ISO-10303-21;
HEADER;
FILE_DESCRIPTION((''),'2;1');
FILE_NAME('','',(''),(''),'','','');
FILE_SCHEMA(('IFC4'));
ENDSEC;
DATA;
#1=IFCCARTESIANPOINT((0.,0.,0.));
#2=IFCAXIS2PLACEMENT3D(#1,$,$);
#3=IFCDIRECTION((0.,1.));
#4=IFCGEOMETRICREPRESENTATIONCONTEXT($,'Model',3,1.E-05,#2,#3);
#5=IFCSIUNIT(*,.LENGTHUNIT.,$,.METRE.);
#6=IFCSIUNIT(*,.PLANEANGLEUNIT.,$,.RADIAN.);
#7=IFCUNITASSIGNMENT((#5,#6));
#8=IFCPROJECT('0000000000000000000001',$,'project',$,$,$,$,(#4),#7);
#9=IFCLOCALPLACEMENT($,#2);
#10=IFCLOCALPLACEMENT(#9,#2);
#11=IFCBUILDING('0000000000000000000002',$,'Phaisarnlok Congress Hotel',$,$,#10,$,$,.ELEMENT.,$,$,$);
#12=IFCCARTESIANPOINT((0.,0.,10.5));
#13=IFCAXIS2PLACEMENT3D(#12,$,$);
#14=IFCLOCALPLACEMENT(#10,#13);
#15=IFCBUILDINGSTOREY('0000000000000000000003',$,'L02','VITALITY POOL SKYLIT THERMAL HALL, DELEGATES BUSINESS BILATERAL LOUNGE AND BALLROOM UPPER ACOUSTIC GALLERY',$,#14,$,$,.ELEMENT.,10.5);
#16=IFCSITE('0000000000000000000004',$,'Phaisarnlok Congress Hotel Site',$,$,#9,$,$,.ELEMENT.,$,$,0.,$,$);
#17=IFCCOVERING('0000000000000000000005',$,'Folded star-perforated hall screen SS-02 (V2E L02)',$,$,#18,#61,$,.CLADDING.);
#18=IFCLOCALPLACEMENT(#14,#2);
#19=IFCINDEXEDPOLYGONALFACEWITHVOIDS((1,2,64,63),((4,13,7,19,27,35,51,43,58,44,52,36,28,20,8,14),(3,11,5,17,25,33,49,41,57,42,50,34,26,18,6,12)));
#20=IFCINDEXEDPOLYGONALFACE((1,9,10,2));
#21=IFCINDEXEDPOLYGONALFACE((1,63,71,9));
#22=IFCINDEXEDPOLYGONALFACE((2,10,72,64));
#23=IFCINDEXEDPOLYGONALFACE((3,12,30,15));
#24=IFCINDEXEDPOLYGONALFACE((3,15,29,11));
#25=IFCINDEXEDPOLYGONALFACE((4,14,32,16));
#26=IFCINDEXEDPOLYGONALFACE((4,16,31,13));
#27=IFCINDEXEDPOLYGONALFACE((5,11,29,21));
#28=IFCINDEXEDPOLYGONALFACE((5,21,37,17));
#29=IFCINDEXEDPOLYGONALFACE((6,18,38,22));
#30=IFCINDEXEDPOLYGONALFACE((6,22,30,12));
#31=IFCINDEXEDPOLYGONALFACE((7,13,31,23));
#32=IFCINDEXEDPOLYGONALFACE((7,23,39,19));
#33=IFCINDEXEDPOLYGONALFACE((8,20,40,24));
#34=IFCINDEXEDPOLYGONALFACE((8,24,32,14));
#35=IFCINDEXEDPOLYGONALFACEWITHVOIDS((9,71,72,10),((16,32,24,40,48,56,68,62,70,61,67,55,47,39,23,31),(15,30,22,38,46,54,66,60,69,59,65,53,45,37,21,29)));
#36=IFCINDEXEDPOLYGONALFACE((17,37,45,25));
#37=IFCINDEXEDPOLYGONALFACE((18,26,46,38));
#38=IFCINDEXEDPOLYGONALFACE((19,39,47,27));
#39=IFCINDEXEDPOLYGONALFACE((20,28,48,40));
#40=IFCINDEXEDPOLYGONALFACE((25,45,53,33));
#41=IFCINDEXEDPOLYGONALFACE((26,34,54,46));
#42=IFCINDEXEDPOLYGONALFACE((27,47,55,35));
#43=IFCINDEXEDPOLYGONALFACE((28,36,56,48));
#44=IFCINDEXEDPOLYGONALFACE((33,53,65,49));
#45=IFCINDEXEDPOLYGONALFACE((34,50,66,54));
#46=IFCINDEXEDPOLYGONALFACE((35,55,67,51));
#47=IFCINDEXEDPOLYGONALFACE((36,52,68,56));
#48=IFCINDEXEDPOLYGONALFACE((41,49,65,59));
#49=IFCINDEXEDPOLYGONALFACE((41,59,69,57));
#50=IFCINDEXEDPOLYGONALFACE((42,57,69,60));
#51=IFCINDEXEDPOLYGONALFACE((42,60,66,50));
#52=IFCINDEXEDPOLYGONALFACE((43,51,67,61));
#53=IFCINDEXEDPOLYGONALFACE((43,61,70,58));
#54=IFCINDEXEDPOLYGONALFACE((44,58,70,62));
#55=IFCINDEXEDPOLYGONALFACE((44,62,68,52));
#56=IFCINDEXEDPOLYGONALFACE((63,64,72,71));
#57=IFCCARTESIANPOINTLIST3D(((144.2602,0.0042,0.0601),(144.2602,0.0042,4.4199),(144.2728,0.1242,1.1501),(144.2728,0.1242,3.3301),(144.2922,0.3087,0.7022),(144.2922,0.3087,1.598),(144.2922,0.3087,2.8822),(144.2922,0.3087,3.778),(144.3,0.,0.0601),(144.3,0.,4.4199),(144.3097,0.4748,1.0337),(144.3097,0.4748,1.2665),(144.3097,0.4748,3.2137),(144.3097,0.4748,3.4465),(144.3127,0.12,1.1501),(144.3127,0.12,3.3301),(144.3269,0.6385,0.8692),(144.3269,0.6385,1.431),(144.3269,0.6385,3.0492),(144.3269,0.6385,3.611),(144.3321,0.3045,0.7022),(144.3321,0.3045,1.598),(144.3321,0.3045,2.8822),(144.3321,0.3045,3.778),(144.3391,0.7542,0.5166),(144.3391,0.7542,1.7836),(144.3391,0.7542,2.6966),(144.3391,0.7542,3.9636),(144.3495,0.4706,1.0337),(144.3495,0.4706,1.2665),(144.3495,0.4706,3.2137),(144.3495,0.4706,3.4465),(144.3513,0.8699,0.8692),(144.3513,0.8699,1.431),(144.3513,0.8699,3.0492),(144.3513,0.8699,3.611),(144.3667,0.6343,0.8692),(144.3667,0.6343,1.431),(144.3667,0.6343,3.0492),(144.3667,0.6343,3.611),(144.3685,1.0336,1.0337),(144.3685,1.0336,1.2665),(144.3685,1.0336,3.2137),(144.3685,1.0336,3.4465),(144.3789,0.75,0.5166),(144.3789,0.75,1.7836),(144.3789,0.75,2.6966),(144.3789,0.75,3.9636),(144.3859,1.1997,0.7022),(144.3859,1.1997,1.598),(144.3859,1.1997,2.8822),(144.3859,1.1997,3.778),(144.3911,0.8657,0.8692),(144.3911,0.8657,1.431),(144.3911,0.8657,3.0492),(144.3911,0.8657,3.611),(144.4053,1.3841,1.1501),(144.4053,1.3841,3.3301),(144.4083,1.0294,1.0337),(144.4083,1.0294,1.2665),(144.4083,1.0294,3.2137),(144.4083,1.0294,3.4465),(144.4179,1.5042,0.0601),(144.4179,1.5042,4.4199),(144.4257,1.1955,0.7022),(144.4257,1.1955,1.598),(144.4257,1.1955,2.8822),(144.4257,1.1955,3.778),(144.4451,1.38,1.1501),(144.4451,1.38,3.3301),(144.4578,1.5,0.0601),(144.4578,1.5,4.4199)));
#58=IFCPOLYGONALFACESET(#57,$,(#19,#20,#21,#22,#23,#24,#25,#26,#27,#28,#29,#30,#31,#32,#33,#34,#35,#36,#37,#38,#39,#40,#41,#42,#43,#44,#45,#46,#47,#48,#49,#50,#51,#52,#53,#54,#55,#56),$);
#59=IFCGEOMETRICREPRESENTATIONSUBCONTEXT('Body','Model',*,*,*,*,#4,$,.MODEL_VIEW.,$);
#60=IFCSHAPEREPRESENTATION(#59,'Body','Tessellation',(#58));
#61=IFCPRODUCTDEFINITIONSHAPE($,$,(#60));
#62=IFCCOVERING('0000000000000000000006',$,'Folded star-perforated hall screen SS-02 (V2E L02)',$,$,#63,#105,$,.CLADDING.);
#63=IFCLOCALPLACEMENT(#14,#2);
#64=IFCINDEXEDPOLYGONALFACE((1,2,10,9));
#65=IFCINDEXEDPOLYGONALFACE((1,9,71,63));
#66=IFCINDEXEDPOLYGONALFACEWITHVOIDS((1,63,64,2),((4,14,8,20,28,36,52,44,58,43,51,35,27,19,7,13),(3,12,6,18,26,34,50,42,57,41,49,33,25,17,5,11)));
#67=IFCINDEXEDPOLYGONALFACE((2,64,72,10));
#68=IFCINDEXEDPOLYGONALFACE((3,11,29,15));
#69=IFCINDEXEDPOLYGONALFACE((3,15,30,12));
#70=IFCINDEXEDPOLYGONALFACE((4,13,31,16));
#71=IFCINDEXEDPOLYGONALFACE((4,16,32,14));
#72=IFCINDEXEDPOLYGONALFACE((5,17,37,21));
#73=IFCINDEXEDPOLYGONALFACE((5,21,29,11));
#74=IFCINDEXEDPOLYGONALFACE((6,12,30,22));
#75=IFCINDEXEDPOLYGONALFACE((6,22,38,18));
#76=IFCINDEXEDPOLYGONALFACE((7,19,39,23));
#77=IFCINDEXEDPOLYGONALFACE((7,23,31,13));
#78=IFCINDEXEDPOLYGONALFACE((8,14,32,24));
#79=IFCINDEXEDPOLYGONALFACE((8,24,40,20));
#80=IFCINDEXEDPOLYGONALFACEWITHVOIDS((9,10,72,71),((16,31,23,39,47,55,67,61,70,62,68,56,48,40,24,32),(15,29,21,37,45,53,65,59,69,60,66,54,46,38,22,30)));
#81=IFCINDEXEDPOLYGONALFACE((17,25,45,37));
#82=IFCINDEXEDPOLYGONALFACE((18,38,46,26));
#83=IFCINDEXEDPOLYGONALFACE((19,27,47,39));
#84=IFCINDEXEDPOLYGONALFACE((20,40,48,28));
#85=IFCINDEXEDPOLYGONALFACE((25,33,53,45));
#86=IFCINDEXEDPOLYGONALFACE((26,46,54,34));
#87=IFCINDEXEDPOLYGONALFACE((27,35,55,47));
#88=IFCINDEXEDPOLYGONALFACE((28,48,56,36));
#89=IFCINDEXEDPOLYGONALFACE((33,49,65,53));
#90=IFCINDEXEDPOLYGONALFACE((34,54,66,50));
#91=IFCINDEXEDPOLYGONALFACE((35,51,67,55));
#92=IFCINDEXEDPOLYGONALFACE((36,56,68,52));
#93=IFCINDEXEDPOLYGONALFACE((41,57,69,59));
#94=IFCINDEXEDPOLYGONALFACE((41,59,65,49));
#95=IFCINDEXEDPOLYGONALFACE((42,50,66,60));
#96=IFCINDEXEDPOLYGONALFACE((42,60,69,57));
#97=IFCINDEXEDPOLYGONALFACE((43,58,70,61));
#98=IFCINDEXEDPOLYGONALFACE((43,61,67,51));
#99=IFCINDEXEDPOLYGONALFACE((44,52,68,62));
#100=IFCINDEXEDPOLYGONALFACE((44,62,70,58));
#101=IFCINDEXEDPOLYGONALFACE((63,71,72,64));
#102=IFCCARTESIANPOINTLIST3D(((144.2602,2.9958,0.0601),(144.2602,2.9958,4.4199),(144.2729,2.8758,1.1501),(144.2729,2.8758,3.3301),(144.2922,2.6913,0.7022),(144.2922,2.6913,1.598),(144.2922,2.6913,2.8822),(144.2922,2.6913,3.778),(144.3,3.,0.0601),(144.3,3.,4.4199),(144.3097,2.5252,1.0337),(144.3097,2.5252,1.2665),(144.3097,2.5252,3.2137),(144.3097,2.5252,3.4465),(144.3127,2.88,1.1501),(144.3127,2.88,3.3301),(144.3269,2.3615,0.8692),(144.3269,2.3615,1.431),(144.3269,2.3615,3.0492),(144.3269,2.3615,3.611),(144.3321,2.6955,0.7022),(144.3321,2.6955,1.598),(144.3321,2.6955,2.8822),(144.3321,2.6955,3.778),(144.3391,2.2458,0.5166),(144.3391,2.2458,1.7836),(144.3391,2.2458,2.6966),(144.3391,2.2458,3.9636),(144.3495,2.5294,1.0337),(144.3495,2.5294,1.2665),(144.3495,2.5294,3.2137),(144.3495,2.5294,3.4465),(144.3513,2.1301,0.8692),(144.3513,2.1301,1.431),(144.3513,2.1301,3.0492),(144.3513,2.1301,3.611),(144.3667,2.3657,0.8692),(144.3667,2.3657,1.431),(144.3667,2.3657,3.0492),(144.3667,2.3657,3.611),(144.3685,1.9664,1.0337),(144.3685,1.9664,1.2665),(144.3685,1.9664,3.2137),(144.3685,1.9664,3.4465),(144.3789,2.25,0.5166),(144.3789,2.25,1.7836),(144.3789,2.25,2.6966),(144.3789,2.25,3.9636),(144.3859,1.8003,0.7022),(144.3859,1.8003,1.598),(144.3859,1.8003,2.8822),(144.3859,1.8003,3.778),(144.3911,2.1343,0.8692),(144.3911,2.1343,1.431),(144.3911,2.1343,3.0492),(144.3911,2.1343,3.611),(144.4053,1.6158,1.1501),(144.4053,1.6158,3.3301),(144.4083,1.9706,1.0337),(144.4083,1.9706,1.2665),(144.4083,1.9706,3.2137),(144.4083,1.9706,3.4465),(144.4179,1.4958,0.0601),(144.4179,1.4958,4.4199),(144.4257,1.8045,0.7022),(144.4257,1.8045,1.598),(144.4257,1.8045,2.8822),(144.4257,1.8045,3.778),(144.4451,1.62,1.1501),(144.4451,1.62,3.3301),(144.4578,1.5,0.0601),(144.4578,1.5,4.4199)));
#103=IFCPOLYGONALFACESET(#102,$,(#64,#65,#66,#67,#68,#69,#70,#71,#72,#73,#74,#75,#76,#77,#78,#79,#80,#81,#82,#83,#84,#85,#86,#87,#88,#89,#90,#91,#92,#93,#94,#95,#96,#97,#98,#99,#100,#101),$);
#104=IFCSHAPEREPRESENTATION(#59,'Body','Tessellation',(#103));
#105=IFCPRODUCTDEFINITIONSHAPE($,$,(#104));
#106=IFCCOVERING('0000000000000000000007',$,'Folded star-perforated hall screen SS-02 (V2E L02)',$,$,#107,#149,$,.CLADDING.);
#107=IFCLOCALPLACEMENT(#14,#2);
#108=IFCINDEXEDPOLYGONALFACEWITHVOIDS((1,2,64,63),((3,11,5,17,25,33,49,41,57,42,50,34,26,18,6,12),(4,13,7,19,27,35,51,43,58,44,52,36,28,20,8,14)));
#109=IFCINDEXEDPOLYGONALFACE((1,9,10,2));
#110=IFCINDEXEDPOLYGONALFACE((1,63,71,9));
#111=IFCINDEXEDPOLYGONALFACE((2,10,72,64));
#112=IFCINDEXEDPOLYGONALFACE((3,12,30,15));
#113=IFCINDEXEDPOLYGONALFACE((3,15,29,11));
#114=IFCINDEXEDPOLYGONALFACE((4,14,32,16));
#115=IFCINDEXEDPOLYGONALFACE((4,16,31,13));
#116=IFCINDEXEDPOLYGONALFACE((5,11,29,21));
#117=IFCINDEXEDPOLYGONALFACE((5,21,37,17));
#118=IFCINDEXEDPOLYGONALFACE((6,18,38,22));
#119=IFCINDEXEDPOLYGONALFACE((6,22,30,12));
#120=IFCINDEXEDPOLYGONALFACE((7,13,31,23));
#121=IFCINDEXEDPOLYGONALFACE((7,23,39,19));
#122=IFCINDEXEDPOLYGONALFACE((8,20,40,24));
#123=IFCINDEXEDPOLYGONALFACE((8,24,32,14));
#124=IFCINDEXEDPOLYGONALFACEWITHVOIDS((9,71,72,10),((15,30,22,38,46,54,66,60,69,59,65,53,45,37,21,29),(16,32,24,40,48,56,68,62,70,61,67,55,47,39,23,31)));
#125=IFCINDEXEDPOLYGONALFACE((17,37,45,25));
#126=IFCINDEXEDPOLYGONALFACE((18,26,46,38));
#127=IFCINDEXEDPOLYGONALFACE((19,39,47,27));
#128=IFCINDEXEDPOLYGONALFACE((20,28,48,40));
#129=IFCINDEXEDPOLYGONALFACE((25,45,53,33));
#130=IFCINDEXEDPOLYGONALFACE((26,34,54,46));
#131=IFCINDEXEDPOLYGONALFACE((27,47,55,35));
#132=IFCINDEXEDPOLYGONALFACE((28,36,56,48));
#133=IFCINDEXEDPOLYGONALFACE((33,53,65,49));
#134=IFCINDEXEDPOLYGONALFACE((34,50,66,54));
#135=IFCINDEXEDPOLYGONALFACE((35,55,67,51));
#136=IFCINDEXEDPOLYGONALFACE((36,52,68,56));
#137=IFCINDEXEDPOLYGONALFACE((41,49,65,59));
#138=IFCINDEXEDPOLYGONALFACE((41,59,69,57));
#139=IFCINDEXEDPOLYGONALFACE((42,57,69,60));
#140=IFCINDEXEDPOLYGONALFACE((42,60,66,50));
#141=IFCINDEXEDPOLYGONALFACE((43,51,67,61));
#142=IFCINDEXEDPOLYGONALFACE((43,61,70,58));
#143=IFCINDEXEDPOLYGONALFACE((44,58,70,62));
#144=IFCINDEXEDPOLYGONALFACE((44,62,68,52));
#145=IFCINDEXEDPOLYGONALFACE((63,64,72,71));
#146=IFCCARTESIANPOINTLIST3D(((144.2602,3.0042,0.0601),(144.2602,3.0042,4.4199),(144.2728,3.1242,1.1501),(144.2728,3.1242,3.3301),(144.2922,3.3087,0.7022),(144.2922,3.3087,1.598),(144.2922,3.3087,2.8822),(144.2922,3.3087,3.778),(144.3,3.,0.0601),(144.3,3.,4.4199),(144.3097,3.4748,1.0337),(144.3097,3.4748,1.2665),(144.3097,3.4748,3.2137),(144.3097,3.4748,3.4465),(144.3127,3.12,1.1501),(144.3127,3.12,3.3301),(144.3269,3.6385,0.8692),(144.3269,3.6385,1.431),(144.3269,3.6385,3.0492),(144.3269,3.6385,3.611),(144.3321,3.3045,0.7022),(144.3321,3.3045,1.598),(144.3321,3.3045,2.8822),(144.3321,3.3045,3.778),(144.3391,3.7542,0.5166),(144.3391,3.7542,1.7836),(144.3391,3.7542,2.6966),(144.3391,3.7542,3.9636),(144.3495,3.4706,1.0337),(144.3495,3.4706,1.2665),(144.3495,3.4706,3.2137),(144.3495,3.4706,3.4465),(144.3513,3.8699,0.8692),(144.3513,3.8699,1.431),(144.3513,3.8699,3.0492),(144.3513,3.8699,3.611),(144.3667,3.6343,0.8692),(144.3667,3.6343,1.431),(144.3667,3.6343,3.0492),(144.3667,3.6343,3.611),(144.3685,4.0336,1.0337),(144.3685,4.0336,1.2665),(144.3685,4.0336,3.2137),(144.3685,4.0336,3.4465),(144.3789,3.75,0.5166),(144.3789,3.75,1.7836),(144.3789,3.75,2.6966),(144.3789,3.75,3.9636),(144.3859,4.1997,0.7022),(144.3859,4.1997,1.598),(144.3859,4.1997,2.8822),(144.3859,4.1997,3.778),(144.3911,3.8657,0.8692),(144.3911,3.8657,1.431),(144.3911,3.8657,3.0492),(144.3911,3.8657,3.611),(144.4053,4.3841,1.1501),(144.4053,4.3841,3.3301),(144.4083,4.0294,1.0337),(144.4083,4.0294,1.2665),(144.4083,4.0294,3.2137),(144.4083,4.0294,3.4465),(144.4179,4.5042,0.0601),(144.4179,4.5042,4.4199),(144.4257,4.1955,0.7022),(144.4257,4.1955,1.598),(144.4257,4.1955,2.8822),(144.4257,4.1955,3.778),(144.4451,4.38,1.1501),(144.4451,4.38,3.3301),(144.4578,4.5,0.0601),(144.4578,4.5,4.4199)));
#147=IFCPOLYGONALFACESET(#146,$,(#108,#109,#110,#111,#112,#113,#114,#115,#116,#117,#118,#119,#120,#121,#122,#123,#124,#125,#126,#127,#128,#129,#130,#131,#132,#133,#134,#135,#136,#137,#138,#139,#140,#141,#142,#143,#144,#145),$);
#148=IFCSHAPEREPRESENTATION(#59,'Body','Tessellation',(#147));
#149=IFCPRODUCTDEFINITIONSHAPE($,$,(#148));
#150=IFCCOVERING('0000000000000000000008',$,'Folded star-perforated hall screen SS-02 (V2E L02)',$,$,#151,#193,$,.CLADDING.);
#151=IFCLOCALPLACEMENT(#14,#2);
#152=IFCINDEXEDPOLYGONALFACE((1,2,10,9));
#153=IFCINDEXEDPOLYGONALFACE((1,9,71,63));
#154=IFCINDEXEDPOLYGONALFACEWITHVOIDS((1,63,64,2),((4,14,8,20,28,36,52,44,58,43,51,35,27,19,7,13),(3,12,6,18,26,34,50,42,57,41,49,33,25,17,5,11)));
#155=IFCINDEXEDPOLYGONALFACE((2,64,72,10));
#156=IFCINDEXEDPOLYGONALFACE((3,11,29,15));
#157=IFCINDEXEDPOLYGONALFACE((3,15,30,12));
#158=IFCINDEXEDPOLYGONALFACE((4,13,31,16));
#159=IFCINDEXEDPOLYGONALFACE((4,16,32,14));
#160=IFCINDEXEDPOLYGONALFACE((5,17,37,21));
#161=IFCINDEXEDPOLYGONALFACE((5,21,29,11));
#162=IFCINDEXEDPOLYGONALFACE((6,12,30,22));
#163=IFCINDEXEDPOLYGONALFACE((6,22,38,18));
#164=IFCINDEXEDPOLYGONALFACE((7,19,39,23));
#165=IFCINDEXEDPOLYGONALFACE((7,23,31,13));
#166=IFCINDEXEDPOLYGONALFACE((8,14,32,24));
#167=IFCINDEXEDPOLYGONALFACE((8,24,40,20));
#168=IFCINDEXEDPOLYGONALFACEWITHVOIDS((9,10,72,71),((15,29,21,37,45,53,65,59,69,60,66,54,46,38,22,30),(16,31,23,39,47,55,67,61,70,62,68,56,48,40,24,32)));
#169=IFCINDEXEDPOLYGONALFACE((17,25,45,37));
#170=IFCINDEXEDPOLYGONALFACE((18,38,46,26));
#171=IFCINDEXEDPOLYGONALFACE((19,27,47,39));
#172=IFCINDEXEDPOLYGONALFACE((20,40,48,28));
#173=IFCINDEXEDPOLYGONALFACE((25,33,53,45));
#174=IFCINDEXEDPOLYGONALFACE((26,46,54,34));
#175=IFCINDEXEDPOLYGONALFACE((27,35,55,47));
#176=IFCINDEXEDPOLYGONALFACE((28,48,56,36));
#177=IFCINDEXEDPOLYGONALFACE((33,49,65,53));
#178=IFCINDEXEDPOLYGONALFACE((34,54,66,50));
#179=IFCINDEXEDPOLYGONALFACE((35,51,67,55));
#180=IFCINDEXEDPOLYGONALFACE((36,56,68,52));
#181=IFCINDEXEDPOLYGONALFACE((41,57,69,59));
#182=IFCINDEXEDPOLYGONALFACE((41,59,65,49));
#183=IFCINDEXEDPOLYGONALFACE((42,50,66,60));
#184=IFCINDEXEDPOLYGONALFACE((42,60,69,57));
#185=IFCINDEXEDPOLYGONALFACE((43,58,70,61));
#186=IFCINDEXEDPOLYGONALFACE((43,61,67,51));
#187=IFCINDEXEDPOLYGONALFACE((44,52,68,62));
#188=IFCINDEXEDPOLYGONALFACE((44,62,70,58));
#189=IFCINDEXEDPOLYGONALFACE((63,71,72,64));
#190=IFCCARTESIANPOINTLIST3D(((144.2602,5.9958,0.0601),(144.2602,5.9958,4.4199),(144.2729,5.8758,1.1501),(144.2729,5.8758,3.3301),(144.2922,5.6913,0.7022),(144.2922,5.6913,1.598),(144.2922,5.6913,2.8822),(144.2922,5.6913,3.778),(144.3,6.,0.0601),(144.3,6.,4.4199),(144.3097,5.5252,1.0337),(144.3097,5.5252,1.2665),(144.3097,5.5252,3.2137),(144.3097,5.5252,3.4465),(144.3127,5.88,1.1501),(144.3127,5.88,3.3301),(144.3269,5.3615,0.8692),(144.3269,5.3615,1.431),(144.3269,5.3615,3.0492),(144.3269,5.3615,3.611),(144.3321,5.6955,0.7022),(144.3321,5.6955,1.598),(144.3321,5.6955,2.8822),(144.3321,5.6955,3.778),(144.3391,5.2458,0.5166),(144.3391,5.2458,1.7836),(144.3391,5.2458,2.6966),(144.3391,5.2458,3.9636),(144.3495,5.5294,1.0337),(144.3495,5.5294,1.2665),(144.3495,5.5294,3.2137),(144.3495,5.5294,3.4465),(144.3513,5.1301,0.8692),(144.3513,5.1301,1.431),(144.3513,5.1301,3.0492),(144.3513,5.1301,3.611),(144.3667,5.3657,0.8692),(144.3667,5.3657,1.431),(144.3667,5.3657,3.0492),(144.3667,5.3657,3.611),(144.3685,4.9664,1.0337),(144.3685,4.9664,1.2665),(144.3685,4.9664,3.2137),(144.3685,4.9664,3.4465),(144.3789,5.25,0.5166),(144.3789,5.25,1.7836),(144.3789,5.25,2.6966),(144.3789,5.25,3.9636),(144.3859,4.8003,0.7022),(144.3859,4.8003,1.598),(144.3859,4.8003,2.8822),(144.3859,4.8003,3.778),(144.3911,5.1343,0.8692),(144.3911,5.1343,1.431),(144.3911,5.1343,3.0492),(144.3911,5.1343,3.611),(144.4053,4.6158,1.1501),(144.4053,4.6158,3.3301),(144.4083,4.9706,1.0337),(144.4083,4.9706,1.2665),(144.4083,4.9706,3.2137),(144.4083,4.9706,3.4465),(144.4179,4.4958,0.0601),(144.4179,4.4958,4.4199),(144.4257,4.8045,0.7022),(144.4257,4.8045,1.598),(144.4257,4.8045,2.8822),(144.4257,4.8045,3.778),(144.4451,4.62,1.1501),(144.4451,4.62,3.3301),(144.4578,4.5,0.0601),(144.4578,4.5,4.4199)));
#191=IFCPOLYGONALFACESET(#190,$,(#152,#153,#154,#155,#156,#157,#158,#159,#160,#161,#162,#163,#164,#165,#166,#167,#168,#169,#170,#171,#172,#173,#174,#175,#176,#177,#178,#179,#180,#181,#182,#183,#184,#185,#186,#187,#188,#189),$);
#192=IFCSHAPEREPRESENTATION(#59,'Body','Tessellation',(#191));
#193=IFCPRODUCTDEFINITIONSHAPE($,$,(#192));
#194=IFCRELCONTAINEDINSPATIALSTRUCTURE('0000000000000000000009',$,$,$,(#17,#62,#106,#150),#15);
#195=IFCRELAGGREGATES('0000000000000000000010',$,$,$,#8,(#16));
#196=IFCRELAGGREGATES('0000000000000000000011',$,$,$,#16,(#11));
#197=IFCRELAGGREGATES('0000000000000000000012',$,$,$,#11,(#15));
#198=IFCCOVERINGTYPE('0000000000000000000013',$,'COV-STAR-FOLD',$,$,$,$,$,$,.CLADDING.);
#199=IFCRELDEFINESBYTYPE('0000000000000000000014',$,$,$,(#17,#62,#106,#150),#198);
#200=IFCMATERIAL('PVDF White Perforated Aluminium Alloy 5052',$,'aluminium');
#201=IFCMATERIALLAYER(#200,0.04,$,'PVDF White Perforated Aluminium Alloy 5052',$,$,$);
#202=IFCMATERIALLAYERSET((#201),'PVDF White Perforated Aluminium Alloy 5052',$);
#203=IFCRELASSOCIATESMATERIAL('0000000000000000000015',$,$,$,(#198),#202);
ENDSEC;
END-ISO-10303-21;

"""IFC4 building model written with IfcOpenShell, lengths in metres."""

from ifc_helpers import new_model, si_unit, direction, frame, origin, place, context, subcontext, project, spatial, polyline, outline, extrude, material, layer, layer_set, type_object, element, save


model = new_model("IFC4")

# Units and contexts
model_context = context("Model", 3, precision=1e-05, world=origin(), true_north=direction((0.0, 1.0)))
body_context = subcontext(model_context, "Body", "Model", "MODEL_VIEW")
ifc_project = project(units=[si_unit("LENGTHUNIT", "METRE"), si_unit("PLANEANGLEUNIT", "RADIAN")], contexts=[model_context])

# Site, building, storey
site_placement = place(None, origin())
site = spatial("IfcSite", under=ifc_project, at=site_placement, Name="Phaisarnlok Congress Hotel Site", CompositionType="ELEMENT", RefElevation=0.0)
building_placement = place(site_placement, origin())
building = spatial("IfcBuilding", under=site, at=building_placement, Name="Phaisarnlok Congress Hotel", CompositionType="ELEMENT")
storey_placement = place(building_placement, frame((0.0, 0.0, 10.5)))
storey = spatial("IfcBuildingStorey", under=building, at=storey_placement, Name="L02", Description="VITALITY POOL SKYLIT THERMAL HALL, DELEGATES BUSINESS BILATERAL LOUNGE AND BALLROOM UPPER ACOUSTIC GALLERY", CompositionType="ELEMENT", Elevation=10.5)

# Coverings
ifc_material_1 = material(Name="PVDF White Perforated Aluminium Alloy 5052", Category="aluminium")
ifc_layer = layer(ifc_material_1, 0.04, Name="PVDF White Perforated Aluminium Alloy 5052")
ifc_layer_set = layer_set([ifc_layer], Name="PVDF White Perforated Aluminium Alloy 5052")
covering_type = type_object("IfcCoveringType", Name="COV-STAR-FOLD", PredefinedType="CLADDING", material=ifc_layer_set)
for number, where, z_axis, x_axis, name in (
    (1, (144.4578, 1.5, 0.0601), (-0.994518, 0.104567, 0.0), (-0.104567, -0.994518, 0.0), "Folded star-perforated hall screen SS-02 (V2E L02)"),
    (2, (144.3, 3.0, 0.0601), (-0.994518, -0.104567, 0.0), (0.104567, -0.994518, 0.0), "Folded star-perforated hall screen SS-02 (V2E L02)"),
    (3, (144.4578, 4.5, 0.0601), (-0.994518, 0.104567, 0.0), (-0.104567, -0.994518, 0.0), "Folded star-perforated hall screen SS-02 (V2E L02)"),
    (4, (144.3, 6.0, 0.0601), (-0.994518, -0.104567, 0.0), (0.104567, -0.994518, 0.0), "Folded star-perforated hall screen SS-02 (V2E L02)"),
):
    element("IfcCovering", number, at=place(storey_placement, frame(where, z_axis=z_axis, x_axis=x_axis)), inside=storey, type_object=covering_type, Name=name, PredefinedType="CLADDING", context=body_context, shape_type="SweptSolid", body=[
        extrude(outline(polyline([(0.0, 0.0), (1.5083, 0.0), (1.5083, 4.3599), (0.0, 4.3599), (0.0, 0.0)]), holes=[polyline([(1.0351, 0.9736), (1.2021, 0.6421), (0.8705, 0.8091), (0.7541, 0.4565), (0.6378, 0.8091), (0.3062, 0.6421), (0.4732, 0.9736), (0.1207, 1.09), (0.4732, 1.2064), (0.3062, 1.5379), (0.6378, 1.3709), (0.7541, 1.7235), (0.8705, 1.3709), (1.2021, 1.5379), (1.0351, 1.2064), (1.3876, 1.09), (1.0351, 0.9736)]), polyline([(1.0351, 3.1536), (1.2021, 2.8221), (0.8705, 2.9891), (0.7541, 2.6365), (0.6378, 2.9891), (0.3062, 2.8221), (0.4732, 3.1536), (0.1207, 3.27), (0.4732, 3.3864), (0.3062, 3.7179), (0.6378, 3.5509), (0.7541, 3.9035), (0.8705, 3.5509), (1.2021, 3.7179), (1.0351, 3.3864), (1.3876, 3.27), (1.0351, 3.1536)])]), origin(), (0.0, 0.0, 1.0), 0.04),
    ])

save(model, "model.ifc")
